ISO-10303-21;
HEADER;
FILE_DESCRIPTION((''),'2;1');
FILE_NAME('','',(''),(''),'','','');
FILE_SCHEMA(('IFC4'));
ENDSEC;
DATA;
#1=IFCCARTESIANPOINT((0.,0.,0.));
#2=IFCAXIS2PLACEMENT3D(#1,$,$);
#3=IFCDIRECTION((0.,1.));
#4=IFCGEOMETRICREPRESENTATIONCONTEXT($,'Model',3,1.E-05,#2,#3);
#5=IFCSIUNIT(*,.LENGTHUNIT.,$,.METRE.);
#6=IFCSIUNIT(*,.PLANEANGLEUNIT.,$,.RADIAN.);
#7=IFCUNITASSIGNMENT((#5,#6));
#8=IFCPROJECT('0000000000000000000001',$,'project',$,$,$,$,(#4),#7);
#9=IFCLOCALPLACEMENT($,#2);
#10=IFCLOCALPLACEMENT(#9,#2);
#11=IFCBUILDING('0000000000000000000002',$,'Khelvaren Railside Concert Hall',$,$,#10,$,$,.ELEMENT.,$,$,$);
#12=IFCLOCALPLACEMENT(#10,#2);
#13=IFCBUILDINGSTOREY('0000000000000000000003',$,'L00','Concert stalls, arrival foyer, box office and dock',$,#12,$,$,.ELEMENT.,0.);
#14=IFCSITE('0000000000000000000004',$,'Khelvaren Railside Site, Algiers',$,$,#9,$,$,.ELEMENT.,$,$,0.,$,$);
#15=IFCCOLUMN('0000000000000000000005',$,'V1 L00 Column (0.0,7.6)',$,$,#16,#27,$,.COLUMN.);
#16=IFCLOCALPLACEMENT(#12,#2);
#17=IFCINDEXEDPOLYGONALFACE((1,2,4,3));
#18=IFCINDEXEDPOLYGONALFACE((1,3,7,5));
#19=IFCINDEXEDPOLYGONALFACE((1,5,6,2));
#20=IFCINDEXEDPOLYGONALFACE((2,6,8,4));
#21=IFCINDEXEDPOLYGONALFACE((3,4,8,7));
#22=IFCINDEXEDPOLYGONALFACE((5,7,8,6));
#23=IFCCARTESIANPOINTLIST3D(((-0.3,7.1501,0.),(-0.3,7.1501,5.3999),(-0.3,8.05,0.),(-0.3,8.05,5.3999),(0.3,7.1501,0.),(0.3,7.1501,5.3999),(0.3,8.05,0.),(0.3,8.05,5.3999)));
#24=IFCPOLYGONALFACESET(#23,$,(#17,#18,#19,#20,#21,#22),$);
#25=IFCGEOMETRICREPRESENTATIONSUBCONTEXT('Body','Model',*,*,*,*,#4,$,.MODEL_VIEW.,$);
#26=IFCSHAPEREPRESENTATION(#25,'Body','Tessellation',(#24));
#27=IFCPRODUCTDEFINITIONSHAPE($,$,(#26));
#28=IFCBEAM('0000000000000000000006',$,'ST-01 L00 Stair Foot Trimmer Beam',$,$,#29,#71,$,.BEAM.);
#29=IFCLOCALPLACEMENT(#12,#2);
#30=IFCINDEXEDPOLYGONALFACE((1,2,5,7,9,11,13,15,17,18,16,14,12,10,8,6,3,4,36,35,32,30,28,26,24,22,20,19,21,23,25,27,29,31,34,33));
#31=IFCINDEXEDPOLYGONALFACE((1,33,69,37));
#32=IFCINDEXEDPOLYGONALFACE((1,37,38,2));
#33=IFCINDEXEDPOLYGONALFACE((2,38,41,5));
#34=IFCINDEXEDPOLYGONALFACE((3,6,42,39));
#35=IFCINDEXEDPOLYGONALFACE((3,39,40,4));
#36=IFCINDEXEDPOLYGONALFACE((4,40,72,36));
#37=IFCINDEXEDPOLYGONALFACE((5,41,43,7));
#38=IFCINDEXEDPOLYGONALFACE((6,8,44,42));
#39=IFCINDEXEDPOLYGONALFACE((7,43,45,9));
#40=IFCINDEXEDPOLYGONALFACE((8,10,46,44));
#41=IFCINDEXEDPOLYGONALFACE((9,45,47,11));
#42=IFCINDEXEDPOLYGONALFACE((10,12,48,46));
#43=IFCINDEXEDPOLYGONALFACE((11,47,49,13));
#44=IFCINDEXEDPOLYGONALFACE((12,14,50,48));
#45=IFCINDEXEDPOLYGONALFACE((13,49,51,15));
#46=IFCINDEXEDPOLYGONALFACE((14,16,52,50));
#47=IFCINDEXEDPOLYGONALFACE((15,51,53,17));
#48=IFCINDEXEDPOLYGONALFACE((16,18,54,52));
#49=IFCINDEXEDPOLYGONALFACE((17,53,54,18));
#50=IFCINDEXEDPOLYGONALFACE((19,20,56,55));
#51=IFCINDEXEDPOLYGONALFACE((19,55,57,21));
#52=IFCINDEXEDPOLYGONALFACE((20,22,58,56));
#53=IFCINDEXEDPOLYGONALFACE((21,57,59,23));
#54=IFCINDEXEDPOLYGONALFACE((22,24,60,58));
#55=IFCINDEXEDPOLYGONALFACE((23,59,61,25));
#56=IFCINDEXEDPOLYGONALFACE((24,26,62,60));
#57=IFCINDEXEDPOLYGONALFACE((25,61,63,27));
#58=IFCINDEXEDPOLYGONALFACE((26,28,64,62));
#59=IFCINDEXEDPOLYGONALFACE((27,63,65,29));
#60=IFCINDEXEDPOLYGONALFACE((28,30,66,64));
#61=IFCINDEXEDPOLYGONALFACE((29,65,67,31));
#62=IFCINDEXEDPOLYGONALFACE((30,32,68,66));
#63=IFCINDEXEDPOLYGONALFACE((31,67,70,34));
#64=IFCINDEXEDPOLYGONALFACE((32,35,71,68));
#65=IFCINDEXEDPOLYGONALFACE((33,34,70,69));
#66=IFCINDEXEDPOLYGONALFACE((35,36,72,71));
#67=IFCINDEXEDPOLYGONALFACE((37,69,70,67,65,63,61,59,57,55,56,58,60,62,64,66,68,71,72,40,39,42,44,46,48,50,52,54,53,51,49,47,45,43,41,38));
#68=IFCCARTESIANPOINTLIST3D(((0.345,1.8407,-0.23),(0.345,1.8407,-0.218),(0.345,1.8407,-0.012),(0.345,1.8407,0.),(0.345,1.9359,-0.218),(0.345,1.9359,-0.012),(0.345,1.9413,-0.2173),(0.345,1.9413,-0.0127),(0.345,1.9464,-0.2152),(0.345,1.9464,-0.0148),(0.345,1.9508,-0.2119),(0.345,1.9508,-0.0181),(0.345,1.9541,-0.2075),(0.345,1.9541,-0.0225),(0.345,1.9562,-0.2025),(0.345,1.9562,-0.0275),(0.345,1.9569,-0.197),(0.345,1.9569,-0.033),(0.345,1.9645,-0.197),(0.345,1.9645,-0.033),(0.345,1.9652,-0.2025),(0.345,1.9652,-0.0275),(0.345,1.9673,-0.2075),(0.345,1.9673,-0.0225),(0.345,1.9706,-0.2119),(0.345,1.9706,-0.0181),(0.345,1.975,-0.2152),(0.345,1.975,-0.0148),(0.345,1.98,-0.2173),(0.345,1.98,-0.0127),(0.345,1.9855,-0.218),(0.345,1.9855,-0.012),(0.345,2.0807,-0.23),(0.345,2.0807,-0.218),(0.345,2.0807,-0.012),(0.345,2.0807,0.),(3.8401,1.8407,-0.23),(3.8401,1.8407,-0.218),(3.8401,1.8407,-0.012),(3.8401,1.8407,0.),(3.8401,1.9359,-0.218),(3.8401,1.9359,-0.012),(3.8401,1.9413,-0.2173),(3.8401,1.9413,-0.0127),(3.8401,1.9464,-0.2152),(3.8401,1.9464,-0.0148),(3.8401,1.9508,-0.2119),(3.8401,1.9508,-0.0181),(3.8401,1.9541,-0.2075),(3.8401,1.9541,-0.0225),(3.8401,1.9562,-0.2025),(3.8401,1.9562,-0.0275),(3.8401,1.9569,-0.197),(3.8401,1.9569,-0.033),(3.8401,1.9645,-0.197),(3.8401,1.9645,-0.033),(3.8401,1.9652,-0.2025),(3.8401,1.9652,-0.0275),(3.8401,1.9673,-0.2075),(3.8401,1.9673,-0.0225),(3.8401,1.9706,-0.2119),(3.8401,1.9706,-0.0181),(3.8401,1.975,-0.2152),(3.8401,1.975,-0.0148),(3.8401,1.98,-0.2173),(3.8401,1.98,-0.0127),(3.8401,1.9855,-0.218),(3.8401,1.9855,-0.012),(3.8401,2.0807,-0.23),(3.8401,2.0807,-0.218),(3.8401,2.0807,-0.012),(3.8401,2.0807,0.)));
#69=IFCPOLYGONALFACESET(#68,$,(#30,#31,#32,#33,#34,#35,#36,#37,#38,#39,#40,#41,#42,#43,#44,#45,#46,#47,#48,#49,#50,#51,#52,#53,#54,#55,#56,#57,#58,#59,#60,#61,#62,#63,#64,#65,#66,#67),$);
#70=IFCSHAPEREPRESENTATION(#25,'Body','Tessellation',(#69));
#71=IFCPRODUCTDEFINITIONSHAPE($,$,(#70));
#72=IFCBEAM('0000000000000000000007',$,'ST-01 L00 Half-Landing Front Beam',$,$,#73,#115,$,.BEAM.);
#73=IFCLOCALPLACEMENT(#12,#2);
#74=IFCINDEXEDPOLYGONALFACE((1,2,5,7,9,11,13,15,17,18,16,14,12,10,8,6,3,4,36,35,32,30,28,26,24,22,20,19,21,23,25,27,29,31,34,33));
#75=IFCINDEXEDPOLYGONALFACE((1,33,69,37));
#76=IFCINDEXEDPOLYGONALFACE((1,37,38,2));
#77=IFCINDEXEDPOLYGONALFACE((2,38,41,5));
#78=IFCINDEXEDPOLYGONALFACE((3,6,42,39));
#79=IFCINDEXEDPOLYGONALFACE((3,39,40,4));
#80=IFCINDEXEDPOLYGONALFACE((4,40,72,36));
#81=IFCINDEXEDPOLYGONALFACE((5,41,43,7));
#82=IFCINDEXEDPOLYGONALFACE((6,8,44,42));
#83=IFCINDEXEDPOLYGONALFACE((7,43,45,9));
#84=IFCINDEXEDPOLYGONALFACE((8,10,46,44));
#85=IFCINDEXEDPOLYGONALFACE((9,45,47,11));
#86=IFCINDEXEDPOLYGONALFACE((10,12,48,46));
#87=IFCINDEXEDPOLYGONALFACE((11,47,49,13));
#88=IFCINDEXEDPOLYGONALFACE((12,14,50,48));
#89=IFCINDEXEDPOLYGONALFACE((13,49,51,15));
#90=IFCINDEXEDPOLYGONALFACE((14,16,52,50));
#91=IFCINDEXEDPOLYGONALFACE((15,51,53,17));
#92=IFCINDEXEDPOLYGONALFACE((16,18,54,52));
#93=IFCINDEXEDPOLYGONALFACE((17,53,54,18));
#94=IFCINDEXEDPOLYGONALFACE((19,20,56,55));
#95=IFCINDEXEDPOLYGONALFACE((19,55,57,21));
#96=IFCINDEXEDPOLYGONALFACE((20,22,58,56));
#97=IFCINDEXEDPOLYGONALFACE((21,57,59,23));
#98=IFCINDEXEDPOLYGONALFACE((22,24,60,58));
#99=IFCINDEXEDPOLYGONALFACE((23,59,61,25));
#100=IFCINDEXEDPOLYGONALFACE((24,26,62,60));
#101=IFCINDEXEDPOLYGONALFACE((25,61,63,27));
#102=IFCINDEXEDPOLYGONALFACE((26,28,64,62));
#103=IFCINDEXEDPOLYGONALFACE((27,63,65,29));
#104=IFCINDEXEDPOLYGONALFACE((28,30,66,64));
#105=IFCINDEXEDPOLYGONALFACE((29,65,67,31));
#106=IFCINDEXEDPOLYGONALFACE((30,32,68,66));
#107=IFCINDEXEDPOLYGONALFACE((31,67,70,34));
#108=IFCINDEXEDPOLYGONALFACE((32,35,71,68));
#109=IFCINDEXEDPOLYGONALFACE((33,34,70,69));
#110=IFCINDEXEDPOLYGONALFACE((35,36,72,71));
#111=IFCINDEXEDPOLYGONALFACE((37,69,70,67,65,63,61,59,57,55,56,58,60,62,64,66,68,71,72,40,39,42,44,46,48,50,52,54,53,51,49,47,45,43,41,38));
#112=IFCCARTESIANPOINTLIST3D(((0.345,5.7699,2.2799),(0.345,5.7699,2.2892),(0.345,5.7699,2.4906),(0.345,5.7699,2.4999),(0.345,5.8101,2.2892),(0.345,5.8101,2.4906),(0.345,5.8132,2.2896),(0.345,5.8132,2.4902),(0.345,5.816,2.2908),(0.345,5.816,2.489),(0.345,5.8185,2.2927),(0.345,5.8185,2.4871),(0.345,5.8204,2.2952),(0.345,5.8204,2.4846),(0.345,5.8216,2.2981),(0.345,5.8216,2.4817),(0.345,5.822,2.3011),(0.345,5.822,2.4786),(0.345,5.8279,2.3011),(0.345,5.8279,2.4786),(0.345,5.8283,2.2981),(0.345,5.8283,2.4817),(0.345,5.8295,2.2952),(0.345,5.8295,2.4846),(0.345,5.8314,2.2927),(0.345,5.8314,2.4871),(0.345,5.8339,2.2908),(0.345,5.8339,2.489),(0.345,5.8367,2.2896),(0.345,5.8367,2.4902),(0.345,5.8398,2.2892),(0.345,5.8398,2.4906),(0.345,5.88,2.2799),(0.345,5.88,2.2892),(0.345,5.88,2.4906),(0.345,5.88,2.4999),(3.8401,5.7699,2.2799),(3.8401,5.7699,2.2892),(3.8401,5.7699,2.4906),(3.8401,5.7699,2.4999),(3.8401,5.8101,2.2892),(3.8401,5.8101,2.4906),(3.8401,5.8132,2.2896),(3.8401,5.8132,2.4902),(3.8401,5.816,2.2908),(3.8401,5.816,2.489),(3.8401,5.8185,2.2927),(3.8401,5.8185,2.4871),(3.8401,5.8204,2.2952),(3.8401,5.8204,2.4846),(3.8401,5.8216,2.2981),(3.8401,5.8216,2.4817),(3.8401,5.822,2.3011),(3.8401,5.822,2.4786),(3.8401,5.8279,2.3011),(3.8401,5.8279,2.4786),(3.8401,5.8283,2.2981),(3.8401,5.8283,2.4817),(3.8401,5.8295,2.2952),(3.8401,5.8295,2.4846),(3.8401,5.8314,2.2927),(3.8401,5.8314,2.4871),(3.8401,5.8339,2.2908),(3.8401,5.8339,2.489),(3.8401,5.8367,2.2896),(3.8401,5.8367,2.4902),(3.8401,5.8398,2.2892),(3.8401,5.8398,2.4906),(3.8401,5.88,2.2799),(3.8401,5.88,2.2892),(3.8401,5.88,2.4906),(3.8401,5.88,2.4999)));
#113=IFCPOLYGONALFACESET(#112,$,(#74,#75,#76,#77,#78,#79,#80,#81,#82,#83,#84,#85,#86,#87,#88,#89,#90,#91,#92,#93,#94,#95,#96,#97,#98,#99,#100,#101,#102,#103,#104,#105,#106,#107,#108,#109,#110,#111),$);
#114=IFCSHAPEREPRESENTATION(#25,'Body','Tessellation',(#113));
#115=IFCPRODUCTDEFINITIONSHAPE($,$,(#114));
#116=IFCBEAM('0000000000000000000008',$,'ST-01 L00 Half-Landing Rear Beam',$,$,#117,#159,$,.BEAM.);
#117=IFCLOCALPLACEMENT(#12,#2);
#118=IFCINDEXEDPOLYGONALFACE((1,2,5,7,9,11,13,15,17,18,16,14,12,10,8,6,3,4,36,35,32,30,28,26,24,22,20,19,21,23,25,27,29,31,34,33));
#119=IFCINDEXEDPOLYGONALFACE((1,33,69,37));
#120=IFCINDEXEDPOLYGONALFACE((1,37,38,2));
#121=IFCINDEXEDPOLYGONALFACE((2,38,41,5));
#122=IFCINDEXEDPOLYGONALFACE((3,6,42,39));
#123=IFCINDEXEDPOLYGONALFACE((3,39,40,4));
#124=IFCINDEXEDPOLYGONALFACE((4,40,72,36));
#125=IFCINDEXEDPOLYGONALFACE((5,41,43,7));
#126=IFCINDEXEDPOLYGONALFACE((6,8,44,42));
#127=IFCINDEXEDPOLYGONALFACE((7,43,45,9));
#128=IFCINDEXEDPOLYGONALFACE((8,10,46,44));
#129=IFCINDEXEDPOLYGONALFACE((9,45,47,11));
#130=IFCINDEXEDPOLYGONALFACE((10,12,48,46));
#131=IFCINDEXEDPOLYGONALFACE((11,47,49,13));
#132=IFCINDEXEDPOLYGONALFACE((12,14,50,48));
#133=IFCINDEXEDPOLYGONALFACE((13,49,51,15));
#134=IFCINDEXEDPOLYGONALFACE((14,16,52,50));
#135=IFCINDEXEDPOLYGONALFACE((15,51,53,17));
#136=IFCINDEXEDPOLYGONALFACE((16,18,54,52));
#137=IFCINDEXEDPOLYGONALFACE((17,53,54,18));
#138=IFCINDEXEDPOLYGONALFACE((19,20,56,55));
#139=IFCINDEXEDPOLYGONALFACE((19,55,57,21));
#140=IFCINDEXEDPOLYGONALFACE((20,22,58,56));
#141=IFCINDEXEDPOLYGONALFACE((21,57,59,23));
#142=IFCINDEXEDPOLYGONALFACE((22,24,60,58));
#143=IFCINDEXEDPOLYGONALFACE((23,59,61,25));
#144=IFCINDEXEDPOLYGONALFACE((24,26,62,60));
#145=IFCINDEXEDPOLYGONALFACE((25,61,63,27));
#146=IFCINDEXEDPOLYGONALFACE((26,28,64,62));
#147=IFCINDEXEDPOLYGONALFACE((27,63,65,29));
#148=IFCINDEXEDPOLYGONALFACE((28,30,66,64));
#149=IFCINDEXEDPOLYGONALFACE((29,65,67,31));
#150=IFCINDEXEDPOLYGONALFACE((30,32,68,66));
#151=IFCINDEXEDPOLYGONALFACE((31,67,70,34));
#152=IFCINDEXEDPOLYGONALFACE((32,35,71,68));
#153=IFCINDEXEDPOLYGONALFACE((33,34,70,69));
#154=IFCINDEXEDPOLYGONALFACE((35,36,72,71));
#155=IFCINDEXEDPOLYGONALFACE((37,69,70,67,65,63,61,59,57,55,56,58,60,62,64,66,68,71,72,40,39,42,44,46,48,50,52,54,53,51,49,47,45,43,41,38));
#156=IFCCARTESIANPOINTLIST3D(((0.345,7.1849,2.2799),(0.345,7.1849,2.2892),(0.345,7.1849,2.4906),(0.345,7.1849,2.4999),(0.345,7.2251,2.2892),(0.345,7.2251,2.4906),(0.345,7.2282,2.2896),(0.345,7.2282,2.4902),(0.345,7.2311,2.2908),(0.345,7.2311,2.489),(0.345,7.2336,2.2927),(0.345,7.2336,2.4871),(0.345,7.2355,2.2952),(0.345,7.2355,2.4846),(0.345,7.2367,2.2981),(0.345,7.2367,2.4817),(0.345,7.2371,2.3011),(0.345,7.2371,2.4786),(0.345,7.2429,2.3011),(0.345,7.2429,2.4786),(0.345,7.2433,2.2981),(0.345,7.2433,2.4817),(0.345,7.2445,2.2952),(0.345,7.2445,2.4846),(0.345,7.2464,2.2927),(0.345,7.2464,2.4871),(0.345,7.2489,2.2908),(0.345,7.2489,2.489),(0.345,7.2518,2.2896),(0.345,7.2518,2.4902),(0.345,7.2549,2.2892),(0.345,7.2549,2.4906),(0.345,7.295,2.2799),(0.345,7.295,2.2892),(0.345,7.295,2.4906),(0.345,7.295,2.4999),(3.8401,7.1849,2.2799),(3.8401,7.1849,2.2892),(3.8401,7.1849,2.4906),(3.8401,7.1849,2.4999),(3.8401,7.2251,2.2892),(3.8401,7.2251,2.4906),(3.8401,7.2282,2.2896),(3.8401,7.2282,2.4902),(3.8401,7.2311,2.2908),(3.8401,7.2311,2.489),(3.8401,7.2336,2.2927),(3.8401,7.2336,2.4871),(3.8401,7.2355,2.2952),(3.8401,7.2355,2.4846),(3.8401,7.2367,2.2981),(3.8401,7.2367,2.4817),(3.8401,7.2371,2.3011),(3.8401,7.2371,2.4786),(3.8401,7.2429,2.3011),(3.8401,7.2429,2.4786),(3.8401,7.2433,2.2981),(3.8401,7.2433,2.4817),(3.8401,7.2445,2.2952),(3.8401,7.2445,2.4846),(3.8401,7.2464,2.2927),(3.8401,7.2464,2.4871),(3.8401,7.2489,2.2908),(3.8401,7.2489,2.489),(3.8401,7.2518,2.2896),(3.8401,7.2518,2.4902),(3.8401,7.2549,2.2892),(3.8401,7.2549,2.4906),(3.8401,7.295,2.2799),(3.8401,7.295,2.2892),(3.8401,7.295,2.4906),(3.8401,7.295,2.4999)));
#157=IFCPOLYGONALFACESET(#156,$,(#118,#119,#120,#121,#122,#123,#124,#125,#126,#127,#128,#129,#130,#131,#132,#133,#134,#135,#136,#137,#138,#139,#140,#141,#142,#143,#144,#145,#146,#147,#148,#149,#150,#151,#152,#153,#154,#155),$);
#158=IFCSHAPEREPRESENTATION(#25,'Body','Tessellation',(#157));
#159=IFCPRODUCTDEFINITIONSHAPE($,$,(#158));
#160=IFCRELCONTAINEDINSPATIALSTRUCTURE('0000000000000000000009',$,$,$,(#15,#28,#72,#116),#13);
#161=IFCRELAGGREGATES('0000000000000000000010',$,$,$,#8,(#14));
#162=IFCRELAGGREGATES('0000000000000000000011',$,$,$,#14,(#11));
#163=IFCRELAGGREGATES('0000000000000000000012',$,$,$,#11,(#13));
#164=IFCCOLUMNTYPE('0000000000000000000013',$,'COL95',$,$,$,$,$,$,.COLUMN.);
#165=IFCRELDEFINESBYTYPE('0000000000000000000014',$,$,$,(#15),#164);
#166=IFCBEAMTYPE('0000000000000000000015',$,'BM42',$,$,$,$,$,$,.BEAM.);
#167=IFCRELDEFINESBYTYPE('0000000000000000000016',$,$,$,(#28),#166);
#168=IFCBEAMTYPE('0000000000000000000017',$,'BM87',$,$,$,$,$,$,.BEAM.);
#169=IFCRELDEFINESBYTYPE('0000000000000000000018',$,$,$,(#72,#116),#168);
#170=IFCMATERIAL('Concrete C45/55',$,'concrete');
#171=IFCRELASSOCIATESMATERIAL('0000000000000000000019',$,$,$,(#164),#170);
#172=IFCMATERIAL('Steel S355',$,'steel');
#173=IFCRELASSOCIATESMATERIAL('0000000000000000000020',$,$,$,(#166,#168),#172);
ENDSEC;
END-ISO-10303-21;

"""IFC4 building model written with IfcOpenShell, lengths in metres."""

from ifc_helpers import new_model, si_unit, direction, frame, origin, origin_2d, place, context, subcontext, project, spatial, rectangle, i_section, extrude, material, material_profile, profile_set, type_object, element, save


model = new_model("IFC4")

# Units and contexts
model_context = context("Model", 3, precision=1e-05, world=origin(), true_north=direction((0.0, 1.0)))
body_context = subcontext(model_context, "Body", "Model", "MODEL_VIEW")
ifc_project = project(units=[si_unit("LENGTHUNIT", "METRE"), si_unit("PLANEANGLEUNIT", "RADIAN")], contexts=[model_context])

# Site, building, storey
site_placement = place(None, origin())
site = spatial("IfcSite", under=ifc_project, at=site_placement, Name="Khelvaren Railside Site, Algiers", CompositionType="ELEMENT", RefElevation=0.0)
building_placement = place(site_placement, origin())
building = spatial("IfcBuilding", under=site, at=building_placement, Name="Khelvaren Railside Concert Hall", CompositionType="ELEMENT")
storey_placement = place(building_placement, origin())
storey = spatial("IfcBuildingStorey", under=building, at=storey_placement, Name="L00", Description="Concert stalls, arrival foyer, box office and dock", CompositionType="ELEMENT", Elevation=0.0)

# Column
ifc_material_1 = material(Name="Concrete C45/55", Category="concrete")
ifc_material_profile_1 = material_profile(ifc_material_1, rectangle(XDim=0.6001, YDim=0.8999, at=origin_2d()), Name="RC 600x900")
ifc_profile_set_1 = profile_set([ifc_material_profile_1], Name="Concrete C45/55")
column_type = type_object("IfcColumnType", Name="COL95", PredefinedType="COLUMN", material=ifc_profile_set_1)
column_placement = place(storey_placement, frame((0.0, 7.6001, 0.0), z_axis=(0.0, 0.0, 1.0), x_axis=(1.0, 0.0, 0.0)))
element("IfcColumn", 1, at=column_placement, inside=storey, type_object=column_type, Name="V1 L00 Column (0.0,7.6)", PredefinedType="COLUMN", context=body_context, shape_type="SweptSolid", body=[
    extrude(rectangle(XDim=0.6001, YDim=0.8999, at=origin_2d()), origin(), (0.0, 0.0, 1.0), 5.3999),
])

# Beams
ifc_material_2 = material(Name="Steel S355", Category="steel")
ifc_material_profile_2 = material_profile(ifc_material_2, i_section(OverallWidth=0.24, OverallDepth=0.23, WebThickness=0.0076, FlangeThickness=0.012, FilletRadius=0.021, at=origin_2d()), Name="HEA 240")
ifc_profile_set_2 = profile_set([ifc_material_profile_2], Name="Steel S355")
beam_type_1 = type_object("IfcBeamType", Name="BM42", PredefinedType="BEAM", material=ifc_profile_set_2)
beam_1_placement = place(storey_placement, frame((0.345, 1.9607, -0.115), z_axis=(1.0, 0.0, 0.0), x_axis=(0.0, 1.0, 0.0)))
element("IfcBeam", 2, at=beam_1_placement, inside=storey, type_object=beam_type_1, Name="ST-01 L00 Stair Foot Trimmer Beam", PredefinedType="BEAM", context=body_context, shape_type="SweptSolid", body=[
    extrude(i_section(OverallWidth=0.24, OverallDepth=0.23, WebThickness=0.0076, FlangeThickness=0.012, FilletRadius=0.021, at=origin_2d()), origin(), (0.0, 0.0, 1.0), 3.4951),
])
ifc_material_profile_3 = material_profile(ifc_material_2, i_section(OverallWidth=0.1101, OverallDepth=0.22, WebThickness=0.0059, FlangeThickness=0.0093, FilletRadius=0.012, at=origin_2d()), Name="IPE 220")
ifc_profile_set_3 = profile_set([ifc_material_profile_3], Name="Steel S355")
beam_type_2 = type_object("IfcBeamType", Name="BM87", PredefinedType="BEAM", material=ifc_profile_set_3)
for number, where, z_axis, x_axis, name in (
    (3, (0.345, 5.825, 2.3899), (1.0, 0.0, 0.0), (0.0, 1.0, 0.0), "ST-01 L00 Half-Landing Front Beam"),
    (4, (0.345, 7.24, 2.3899), (1.0, 0.0, 0.0), (0.0, 1.0, 0.0), "ST-01 L00 Half-Landing Rear Beam"),
):
    element("IfcBeam", number, at=place(storey_placement, frame(where, z_axis=z_axis, x_axis=x_axis)), inside=storey, type_object=beam_type_2, Name=name, PredefinedType="BEAM", context=body_context, shape_type="SweptSolid", body=[
        extrude(i_section(OverallWidth=0.1101, OverallDepth=0.22, WebThickness=0.0059, FlangeThickness=0.0093, FilletRadius=0.012, at=origin_2d()), origin(), (0.0, 0.0, 1.0), 3.4951),
    ])

save(model, "model.ifc")
